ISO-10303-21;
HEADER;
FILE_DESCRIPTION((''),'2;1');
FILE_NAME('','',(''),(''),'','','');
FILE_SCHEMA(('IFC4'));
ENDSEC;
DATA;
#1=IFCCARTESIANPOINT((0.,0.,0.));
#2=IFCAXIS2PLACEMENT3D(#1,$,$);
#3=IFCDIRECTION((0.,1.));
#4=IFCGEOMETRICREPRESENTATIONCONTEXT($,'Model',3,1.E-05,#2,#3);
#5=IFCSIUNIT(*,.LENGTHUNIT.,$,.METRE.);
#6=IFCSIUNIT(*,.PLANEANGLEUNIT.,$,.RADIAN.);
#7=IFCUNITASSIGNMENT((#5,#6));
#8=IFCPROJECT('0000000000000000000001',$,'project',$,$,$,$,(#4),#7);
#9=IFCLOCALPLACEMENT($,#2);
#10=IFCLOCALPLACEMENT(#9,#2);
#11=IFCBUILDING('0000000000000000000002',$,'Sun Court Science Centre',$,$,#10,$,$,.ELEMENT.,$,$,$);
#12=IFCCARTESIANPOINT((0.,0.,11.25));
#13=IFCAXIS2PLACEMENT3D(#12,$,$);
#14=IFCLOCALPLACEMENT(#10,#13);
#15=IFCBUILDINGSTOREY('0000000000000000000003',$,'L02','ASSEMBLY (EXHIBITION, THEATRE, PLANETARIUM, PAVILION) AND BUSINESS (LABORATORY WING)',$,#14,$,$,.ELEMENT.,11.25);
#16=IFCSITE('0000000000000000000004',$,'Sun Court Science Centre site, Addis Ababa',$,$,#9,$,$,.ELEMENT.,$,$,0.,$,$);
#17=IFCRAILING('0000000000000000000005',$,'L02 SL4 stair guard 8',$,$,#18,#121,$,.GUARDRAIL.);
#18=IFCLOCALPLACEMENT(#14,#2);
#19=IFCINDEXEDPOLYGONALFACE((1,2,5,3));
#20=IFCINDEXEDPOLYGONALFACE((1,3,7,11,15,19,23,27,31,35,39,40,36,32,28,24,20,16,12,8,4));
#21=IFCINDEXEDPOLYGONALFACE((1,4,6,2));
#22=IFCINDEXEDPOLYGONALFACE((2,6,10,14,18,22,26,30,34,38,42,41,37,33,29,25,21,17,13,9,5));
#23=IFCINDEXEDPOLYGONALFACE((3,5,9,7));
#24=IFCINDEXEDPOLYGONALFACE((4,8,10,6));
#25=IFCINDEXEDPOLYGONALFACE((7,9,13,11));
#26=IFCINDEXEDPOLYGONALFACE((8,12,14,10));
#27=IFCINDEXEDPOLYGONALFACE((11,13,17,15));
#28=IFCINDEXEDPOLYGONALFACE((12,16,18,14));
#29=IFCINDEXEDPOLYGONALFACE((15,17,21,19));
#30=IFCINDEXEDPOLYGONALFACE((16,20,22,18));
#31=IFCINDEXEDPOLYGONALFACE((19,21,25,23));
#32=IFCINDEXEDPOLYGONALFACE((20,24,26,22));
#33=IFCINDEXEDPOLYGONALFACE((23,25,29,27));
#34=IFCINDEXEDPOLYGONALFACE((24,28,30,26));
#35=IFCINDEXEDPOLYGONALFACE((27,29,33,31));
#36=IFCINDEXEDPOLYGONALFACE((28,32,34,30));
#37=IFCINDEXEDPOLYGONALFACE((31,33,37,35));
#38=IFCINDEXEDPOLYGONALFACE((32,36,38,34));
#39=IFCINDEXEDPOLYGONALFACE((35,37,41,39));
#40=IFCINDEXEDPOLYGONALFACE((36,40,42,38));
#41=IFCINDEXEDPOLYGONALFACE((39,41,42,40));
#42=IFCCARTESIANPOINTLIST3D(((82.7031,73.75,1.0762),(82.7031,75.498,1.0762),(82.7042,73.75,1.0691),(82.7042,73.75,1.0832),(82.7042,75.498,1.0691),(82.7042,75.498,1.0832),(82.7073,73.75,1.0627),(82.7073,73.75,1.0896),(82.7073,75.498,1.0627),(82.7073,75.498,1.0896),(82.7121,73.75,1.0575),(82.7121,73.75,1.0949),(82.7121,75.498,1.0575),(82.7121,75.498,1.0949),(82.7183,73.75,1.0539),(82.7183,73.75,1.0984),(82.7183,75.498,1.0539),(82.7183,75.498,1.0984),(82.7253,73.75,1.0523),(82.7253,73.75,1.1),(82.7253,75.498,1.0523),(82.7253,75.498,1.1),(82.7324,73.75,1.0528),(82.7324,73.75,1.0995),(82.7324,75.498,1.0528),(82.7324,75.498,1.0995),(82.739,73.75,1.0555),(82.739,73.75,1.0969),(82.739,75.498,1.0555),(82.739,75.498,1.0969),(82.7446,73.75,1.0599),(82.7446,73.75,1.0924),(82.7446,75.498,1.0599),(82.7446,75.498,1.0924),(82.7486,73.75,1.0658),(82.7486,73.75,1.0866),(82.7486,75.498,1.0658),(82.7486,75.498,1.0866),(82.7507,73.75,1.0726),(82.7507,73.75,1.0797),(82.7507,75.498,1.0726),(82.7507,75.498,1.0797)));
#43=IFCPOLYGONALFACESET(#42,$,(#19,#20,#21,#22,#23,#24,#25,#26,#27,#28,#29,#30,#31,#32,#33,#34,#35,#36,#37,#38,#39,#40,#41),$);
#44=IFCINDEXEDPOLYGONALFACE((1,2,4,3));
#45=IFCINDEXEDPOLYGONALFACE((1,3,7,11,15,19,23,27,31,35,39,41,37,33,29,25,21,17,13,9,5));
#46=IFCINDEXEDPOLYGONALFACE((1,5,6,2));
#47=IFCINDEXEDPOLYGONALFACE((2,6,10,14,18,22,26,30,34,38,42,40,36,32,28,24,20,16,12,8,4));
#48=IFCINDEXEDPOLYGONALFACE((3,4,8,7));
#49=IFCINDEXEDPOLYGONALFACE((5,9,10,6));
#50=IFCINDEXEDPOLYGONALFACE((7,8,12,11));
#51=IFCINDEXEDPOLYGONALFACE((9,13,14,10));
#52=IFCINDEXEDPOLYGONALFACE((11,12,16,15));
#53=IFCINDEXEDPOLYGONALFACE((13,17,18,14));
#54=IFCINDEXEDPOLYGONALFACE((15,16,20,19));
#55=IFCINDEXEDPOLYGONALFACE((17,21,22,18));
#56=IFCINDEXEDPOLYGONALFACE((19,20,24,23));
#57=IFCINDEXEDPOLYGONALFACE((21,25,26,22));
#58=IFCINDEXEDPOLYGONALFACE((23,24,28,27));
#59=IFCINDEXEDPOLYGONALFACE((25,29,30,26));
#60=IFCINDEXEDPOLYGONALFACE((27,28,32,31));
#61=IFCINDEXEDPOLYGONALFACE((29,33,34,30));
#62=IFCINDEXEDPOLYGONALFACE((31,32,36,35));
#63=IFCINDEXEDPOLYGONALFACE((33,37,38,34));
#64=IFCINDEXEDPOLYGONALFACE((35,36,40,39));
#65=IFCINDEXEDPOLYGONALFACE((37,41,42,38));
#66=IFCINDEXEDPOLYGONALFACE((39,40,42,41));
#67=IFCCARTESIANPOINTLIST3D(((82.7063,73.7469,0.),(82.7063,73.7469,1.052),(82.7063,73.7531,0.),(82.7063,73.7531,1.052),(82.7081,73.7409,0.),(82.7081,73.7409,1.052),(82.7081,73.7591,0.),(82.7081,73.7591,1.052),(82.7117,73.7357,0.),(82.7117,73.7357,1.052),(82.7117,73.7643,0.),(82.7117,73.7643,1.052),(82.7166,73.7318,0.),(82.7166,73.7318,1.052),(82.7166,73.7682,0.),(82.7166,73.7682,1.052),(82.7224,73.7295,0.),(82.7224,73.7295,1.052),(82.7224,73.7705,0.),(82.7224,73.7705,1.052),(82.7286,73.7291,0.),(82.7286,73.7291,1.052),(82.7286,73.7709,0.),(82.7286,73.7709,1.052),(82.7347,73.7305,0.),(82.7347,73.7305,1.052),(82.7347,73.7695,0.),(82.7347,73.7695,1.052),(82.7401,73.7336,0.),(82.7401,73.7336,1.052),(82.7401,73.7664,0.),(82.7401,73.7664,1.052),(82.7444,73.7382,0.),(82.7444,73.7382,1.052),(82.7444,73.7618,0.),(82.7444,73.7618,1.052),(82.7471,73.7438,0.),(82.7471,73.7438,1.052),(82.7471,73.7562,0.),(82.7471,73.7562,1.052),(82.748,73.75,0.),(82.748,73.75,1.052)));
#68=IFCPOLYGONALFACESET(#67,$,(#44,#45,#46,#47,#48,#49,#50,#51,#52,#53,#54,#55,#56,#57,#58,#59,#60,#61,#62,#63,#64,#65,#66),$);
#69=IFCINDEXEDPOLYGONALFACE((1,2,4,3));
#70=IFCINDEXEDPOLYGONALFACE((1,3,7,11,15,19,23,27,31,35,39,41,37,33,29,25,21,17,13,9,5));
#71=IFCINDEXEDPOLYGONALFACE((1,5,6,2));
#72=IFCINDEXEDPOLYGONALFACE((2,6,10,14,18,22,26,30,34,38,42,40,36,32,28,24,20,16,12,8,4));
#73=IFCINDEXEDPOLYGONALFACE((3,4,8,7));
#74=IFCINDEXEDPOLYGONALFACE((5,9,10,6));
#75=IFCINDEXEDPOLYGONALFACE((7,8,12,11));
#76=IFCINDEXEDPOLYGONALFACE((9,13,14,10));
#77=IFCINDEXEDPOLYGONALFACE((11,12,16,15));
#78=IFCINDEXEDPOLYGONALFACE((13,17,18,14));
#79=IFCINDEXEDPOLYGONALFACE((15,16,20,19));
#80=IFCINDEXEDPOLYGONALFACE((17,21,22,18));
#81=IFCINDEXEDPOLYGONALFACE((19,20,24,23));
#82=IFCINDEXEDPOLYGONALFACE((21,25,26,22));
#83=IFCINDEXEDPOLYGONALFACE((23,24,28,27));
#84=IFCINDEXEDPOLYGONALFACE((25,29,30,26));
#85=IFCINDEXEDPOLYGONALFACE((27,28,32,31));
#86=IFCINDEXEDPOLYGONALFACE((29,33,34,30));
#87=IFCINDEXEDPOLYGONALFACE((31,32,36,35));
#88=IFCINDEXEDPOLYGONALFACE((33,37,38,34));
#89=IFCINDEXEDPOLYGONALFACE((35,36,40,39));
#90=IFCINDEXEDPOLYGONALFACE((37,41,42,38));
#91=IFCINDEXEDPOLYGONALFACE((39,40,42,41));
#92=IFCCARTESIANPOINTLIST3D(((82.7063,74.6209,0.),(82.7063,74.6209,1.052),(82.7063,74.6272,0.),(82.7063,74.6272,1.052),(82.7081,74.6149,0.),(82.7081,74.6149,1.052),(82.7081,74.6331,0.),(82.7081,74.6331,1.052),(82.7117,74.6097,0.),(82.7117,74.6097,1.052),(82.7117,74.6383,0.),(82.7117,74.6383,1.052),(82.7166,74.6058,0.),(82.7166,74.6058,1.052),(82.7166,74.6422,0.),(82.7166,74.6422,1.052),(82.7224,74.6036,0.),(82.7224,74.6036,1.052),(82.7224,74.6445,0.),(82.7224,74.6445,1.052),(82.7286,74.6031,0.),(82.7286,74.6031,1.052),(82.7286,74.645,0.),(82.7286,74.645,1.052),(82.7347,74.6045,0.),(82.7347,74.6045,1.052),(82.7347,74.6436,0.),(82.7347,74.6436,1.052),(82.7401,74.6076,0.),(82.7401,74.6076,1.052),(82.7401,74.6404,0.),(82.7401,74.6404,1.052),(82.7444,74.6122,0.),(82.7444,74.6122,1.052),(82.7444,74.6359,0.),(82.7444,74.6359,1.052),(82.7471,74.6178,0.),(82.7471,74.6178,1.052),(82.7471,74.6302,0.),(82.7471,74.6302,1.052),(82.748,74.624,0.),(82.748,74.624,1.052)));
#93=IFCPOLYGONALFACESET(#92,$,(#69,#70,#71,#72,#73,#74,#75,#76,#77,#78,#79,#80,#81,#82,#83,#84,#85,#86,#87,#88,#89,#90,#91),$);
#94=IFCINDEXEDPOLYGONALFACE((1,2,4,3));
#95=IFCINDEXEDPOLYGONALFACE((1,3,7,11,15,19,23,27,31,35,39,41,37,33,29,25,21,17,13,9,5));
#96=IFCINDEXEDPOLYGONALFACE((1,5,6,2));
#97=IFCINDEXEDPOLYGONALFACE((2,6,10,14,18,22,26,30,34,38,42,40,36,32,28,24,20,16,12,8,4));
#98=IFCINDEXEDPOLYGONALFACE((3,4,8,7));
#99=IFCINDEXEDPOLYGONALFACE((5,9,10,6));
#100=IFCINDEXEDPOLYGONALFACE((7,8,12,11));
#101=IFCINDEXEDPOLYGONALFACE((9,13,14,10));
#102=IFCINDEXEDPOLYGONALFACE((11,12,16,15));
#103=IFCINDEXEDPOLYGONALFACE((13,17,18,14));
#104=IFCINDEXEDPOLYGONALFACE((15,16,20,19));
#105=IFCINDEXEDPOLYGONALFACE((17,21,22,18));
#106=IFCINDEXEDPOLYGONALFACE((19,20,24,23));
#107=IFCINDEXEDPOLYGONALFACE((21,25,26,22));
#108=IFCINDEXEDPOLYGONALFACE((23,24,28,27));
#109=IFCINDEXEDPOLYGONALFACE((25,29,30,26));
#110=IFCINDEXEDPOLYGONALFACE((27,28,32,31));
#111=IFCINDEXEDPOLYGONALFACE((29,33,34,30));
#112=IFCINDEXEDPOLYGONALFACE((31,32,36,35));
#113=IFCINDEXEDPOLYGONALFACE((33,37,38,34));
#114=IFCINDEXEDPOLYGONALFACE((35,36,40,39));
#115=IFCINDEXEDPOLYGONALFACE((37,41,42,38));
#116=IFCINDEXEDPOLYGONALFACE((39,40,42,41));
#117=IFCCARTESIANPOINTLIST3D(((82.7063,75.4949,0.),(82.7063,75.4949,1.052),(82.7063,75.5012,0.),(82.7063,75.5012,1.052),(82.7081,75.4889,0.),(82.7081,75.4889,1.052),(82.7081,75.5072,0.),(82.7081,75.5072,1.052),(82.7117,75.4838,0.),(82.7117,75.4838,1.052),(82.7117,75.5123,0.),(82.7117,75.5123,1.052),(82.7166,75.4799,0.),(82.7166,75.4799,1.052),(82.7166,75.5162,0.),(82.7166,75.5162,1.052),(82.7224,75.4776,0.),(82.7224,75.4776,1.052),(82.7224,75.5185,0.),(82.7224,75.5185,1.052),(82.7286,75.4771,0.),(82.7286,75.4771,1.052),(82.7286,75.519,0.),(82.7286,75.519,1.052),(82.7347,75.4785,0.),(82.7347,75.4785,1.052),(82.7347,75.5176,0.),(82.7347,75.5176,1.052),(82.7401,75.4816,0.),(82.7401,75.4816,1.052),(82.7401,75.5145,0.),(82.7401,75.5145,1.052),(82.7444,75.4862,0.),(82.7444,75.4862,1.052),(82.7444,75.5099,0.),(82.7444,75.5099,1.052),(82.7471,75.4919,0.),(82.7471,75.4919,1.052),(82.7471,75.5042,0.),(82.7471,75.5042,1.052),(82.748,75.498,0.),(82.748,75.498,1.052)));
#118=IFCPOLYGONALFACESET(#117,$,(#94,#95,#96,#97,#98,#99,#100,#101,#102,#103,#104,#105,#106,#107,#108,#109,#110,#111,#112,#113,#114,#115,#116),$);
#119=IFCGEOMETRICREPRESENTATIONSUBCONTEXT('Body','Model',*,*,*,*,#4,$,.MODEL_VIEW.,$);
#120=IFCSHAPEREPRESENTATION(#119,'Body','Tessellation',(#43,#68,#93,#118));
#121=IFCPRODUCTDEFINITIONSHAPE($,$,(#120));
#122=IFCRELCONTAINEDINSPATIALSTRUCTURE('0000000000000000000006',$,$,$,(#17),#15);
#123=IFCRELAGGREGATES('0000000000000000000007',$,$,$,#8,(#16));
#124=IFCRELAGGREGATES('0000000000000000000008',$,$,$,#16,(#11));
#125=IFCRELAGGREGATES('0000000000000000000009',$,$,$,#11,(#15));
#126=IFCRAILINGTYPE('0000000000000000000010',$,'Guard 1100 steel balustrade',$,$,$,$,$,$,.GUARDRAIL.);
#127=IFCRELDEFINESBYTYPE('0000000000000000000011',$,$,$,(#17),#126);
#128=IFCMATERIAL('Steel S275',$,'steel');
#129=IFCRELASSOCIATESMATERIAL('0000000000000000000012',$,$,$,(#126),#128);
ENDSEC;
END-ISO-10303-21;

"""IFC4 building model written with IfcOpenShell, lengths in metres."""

from ifc_helpers import new_model, si_unit, direction, frame, origin, origin_2d, place, context, subcontext, project, spatial, circle, extrude, material, type_object, element, save


model = new_model("IFC4")

# Units and contexts
model_context = context("Model", 3, precision=1e-05, world=origin(), true_north=direction((0.0, 1.0)))
body_context = subcontext(model_context, "Body", "Model", "MODEL_VIEW")
ifc_project = project(units=[si_unit("LENGTHUNIT", "METRE"), si_unit("PLANEANGLEUNIT", "RADIAN")], contexts=[model_context])

# Site, building, storey
site_placement = place(None, origin())
site = spatial("IfcSite", under=ifc_project, at=site_placement, Name="Sun Court Science Centre site, Addis Ababa", CompositionType="ELEMENT", RefElevation=0.0)
building_placement = place(site_placement, origin())
building = spatial("IfcBuilding", under=site, at=building_placement, Name="Sun Court Science Centre", CompositionType="ELEMENT")
storey_placement = place(building_placement, frame((0.0, 0.0, 11.25)))
storey = spatial("IfcBuildingStorey", under=building, at=storey_placement, Name="L02", Description="ASSEMBLY (EXHIBITION, THEATRE, PLANETARIUM, PAVILION) AND BUSINESS (LABORATORY WING)", CompositionType="ELEMENT", Elevation=11.25)

# Railing
ifc_material_1 = material(Name="Steel S275", Category="steel")
railing_type_1 = type_object("IfcRailingType", Name="Guard 1100 steel balustrade", PredefinedType="GUARDRAIL", material=ifc_material_1)
railing_1_placement = place(storey_placement, frame((82.7271, 73.75, 0.0)))
element("IfcRailing", 1, at=railing_1_placement, inside=storey, type_object=railing_type_1, Name="L02 SL4 stair guard 8", PredefinedType="GUARDRAIL", context=body_context, shape_type="SweptSolid", body=[
    extrude(circle(Radius=0.0239, at=origin_2d()), frame((0.0, 0.0, 1.0762), z_axis=(0.0, 1.0, 0.0), x_axis=(-1.0, 0.0, 0.0)), (0.0, 0.0, 1.0), 1.748),
    extrude(circle(Radius=0.021, at=origin_2d()), origin(), (0.0, 0.0, 1.0), 1.052),
    extrude(circle(Radius=0.021, at=origin_2d()), frame((0.0, 0.874, 0.0)), (0.0, 0.0, 1.0), 1.052),
    extrude(circle(Radius=0.021, at=origin_2d()), frame((0.0, 1.748, 0.0)), (0.0, 0.0, 1.0), 1.052),
])

save(model, "model.ifc")
